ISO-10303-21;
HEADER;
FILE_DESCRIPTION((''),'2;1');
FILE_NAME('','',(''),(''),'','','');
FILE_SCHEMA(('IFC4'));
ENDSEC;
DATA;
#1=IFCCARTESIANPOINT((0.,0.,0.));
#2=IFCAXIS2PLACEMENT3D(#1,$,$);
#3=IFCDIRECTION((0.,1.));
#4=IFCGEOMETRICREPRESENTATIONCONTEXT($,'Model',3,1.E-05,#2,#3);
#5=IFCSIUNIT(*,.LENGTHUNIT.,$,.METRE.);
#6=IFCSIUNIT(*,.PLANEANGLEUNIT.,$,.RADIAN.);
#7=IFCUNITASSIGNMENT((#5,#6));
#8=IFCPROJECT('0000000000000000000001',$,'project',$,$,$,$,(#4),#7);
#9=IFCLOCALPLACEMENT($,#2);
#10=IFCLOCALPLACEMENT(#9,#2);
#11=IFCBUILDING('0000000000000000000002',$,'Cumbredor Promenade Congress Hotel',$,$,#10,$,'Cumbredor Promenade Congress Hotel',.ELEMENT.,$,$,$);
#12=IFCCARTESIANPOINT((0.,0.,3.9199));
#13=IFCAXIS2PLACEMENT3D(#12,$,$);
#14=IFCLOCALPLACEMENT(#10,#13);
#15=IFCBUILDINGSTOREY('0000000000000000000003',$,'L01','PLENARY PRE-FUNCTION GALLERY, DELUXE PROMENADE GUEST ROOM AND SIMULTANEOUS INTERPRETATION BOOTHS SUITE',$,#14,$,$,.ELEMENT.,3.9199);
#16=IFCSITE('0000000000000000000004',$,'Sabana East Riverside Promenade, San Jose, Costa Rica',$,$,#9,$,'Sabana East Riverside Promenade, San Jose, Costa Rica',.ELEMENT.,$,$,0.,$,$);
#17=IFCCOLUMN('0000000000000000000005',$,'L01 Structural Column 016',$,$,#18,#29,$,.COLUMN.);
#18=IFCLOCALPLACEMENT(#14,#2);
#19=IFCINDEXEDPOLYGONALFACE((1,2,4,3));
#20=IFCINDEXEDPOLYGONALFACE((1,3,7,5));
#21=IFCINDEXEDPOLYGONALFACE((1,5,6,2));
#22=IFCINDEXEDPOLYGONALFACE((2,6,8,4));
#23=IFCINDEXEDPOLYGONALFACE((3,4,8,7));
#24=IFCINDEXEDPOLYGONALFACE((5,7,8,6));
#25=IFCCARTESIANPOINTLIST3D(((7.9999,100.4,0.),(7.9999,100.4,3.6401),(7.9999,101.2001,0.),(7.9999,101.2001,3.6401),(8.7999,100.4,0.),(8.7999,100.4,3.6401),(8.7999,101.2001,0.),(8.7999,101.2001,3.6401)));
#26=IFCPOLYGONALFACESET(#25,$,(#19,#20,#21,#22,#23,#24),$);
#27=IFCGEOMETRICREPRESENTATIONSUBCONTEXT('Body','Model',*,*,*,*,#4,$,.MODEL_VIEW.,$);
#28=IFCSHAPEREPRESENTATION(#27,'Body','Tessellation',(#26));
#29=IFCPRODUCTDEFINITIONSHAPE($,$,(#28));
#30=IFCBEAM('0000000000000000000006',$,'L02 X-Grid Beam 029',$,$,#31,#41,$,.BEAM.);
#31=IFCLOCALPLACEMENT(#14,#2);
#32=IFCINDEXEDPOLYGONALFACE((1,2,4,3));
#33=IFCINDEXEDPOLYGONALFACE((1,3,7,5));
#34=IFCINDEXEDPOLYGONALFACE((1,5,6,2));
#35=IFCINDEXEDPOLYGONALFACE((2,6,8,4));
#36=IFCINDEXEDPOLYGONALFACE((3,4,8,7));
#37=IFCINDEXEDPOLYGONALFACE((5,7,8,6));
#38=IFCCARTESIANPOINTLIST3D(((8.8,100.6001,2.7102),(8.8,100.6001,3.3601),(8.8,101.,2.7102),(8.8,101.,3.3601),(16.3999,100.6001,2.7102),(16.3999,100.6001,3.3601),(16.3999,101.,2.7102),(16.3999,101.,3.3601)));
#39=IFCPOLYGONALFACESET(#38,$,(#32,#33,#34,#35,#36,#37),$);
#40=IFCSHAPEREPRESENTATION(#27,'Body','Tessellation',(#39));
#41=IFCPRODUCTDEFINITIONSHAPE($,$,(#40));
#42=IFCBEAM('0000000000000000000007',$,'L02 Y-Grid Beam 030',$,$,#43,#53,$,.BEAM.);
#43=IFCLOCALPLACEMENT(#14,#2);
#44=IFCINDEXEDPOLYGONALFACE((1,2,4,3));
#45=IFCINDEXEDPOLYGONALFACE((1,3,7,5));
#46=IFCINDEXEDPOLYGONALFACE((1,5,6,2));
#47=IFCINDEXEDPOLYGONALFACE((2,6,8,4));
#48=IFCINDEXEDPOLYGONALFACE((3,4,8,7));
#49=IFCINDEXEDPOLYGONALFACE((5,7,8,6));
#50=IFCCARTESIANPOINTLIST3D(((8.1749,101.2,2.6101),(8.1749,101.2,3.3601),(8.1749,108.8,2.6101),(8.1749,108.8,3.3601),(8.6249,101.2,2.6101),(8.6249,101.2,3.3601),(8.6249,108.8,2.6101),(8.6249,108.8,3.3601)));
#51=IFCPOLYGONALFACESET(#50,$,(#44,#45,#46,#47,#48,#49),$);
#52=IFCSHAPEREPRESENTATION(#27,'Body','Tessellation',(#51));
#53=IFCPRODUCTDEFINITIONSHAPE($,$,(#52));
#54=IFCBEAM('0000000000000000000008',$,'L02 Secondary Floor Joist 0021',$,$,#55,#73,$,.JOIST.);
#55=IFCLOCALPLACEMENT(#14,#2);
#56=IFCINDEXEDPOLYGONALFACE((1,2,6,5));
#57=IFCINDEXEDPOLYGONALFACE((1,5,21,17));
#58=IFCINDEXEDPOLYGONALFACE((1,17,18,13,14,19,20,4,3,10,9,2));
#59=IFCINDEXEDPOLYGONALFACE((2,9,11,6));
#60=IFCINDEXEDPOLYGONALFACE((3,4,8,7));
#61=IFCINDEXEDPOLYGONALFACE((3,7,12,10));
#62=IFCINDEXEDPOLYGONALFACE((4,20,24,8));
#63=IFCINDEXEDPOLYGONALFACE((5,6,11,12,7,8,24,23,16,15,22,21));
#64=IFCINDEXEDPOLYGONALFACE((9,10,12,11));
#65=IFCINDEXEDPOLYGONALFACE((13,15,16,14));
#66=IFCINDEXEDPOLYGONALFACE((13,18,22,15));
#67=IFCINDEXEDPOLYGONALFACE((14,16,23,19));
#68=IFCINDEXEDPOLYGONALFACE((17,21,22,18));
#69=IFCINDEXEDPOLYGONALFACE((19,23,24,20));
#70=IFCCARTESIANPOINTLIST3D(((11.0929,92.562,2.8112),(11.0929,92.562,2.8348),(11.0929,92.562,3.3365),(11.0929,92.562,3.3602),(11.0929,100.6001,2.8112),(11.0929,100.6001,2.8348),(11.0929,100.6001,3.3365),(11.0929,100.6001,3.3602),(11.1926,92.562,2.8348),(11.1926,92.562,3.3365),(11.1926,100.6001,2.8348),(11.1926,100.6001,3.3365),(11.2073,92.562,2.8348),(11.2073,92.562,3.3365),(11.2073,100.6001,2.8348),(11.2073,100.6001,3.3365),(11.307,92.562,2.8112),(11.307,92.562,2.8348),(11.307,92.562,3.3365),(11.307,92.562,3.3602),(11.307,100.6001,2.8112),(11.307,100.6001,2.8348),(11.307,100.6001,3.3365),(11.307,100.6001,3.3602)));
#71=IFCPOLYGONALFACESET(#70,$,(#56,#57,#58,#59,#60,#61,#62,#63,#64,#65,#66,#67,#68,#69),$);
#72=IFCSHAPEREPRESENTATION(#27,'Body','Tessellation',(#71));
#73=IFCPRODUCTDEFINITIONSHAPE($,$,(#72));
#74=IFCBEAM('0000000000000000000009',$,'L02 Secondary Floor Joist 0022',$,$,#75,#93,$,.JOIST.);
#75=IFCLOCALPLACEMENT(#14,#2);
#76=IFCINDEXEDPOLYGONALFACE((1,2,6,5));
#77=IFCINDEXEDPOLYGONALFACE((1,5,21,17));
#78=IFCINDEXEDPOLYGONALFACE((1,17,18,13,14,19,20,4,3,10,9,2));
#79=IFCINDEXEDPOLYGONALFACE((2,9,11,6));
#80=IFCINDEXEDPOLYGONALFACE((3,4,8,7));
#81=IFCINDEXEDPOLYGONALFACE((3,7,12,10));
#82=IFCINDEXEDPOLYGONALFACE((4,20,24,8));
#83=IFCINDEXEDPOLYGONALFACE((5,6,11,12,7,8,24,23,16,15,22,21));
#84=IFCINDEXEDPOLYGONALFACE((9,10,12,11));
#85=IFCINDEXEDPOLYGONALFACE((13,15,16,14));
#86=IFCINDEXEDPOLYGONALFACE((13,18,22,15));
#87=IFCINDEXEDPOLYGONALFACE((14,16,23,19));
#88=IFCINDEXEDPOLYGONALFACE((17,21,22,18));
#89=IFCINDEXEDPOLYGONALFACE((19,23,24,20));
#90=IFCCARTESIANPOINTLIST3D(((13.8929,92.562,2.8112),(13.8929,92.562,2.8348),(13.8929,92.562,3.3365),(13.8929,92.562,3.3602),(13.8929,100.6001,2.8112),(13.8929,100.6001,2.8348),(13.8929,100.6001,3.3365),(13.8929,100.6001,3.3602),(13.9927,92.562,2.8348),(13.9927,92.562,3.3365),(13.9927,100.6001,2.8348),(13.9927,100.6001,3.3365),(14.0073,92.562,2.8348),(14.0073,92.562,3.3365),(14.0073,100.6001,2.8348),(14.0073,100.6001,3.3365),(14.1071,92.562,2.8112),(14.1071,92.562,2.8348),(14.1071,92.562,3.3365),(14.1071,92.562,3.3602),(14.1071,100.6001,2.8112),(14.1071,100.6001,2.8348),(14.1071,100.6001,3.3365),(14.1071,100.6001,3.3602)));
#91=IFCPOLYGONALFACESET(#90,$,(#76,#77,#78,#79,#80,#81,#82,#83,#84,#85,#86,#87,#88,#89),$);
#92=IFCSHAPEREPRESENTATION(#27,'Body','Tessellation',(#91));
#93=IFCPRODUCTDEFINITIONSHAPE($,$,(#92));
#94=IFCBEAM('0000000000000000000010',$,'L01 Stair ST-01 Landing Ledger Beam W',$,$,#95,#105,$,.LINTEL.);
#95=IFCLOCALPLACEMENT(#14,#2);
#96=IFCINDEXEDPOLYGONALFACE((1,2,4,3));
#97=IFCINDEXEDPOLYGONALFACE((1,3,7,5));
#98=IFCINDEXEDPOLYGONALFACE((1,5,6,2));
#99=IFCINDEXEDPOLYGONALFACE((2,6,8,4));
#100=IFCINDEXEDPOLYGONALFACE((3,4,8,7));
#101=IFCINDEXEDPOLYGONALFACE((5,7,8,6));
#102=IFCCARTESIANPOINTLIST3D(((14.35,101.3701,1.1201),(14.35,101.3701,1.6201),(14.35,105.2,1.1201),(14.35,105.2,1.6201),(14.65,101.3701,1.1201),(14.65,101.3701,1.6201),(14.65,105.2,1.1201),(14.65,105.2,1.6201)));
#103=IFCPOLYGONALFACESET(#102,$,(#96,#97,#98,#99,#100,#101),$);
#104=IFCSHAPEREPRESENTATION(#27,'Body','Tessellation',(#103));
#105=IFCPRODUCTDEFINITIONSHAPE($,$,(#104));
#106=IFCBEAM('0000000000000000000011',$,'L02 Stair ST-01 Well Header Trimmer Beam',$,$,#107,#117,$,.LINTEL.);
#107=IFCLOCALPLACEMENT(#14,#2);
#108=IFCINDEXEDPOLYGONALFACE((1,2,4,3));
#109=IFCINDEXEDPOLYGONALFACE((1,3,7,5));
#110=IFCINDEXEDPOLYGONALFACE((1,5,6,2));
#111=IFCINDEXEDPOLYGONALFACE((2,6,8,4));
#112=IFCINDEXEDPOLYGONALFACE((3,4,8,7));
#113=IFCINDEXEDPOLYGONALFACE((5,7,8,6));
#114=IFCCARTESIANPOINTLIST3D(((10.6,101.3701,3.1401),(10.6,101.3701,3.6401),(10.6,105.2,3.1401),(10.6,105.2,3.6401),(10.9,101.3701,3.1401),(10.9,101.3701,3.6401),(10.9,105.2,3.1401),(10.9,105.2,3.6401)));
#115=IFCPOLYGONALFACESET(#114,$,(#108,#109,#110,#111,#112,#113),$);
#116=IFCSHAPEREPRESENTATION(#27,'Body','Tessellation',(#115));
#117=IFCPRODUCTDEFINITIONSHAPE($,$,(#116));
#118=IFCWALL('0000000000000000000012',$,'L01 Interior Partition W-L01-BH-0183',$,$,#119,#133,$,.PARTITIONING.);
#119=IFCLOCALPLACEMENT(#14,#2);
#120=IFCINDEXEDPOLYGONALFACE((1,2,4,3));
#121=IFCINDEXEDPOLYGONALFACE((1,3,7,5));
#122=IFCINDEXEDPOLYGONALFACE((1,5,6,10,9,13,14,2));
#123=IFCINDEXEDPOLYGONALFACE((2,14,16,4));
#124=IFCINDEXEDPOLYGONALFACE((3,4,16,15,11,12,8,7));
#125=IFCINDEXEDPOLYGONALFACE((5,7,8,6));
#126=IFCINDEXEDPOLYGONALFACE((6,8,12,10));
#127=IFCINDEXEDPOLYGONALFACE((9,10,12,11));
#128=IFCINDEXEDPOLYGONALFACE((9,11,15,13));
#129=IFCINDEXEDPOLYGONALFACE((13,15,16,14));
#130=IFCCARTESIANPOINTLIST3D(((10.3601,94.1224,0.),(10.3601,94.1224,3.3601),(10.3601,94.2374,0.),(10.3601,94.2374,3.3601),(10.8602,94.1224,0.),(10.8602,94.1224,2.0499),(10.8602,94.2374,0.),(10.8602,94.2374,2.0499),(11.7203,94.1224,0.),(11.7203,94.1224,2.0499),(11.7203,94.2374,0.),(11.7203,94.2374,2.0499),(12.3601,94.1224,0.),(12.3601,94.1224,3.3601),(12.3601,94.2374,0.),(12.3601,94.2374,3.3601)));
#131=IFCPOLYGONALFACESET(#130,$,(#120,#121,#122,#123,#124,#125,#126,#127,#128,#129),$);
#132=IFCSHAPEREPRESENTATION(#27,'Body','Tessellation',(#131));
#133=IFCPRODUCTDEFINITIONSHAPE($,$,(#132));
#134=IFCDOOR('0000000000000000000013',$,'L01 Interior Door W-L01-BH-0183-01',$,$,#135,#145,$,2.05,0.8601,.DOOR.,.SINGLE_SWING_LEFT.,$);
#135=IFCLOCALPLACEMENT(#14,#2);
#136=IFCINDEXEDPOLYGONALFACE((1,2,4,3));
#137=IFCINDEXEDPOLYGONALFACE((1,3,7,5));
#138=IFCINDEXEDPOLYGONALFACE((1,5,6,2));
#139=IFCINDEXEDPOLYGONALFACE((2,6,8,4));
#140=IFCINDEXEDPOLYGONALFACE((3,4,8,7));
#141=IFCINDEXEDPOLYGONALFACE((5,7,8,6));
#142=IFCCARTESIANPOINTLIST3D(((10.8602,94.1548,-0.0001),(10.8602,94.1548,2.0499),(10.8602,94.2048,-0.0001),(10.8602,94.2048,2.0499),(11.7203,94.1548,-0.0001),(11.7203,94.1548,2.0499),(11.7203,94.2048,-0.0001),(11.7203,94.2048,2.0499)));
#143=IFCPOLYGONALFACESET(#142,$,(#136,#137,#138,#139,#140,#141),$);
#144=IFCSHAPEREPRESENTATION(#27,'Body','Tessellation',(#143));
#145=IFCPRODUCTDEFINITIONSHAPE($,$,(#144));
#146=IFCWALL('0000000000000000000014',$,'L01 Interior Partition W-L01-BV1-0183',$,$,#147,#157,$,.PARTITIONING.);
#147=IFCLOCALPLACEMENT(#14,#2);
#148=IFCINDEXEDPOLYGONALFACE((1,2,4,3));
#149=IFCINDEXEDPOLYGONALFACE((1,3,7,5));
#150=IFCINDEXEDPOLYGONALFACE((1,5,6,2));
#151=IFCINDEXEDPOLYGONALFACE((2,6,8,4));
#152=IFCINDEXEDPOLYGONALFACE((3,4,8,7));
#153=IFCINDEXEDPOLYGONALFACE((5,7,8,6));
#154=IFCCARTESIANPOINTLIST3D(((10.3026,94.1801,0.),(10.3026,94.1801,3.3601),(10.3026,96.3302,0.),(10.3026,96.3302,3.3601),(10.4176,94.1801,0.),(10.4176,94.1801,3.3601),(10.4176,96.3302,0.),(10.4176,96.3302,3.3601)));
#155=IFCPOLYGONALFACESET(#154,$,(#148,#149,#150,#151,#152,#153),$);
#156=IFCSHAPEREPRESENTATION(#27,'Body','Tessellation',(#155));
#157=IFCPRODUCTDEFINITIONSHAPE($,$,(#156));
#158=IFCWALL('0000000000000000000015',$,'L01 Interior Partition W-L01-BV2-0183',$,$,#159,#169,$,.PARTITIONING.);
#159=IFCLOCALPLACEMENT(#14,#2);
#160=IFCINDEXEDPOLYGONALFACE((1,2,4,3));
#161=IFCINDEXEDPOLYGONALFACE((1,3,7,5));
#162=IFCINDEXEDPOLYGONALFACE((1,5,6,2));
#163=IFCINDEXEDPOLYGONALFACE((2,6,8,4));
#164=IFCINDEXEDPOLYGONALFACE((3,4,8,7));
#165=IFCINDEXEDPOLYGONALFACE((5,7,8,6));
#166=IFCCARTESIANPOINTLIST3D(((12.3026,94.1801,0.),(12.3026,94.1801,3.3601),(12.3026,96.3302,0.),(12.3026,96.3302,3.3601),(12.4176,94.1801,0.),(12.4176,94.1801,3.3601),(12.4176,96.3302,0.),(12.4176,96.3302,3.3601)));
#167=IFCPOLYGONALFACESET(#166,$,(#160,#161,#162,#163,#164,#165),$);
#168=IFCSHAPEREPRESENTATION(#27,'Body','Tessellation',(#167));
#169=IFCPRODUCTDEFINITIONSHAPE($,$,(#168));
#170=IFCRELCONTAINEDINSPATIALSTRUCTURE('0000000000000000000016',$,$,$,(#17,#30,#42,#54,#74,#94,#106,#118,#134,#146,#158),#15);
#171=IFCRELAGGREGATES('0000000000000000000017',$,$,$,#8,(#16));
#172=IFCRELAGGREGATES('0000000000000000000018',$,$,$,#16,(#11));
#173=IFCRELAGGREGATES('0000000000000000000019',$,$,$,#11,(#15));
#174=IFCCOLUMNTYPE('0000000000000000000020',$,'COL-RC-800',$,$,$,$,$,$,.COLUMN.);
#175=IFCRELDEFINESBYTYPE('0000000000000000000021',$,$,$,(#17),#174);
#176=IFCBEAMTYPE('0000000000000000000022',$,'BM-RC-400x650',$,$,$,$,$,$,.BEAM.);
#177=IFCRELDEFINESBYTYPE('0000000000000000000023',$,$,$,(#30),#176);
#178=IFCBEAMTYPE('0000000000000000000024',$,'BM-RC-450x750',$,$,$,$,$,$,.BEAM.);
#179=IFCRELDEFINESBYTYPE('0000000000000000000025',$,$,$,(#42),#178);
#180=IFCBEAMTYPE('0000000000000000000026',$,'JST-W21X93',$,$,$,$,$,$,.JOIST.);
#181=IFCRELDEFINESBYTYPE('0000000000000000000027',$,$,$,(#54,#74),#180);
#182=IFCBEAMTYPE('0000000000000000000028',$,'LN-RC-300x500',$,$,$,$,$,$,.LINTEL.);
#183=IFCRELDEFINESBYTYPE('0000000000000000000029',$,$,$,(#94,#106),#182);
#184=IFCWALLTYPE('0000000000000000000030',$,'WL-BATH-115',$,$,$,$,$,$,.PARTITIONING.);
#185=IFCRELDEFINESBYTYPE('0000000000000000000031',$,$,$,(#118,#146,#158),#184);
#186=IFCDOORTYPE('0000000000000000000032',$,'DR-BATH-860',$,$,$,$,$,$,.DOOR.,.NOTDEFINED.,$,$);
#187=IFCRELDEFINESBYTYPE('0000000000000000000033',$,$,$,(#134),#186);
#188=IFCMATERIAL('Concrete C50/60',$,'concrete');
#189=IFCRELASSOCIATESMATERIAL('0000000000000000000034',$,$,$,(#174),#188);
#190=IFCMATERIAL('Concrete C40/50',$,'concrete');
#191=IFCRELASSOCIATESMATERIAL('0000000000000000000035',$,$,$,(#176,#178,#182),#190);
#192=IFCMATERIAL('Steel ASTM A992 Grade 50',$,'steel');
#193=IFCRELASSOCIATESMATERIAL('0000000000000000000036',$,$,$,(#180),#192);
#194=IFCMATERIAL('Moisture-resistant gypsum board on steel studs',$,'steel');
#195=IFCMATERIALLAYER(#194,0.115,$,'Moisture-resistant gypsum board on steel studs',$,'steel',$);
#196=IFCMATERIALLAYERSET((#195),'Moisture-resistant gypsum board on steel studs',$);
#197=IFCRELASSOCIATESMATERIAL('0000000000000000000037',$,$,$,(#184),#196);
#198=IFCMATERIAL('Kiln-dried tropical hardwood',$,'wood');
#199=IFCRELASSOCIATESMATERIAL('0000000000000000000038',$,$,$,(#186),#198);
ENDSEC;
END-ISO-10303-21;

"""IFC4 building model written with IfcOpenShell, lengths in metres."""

from ifc_helpers import new_model, si_unit, direction, frame, frame_2d, origin, origin_2d, place, context, subcontext, project, spatial, rectangle, i_section, extrude, material, layer, layer_set, material_profile, profile_set, type_object, element, fill, save


model = new_model("IFC4")

# Units and contexts
model_context = context("Model", 3, precision=1e-05, world=origin(), true_north=direction((0.0, 1.0)))
body_context = subcontext(model_context, "Body", "Model", "MODEL_VIEW")
ifc_project = project(units=[si_unit("LENGTHUNIT", "METRE"), si_unit("PLANEANGLEUNIT", "RADIAN")], contexts=[model_context])

# Site, building, storey
site_placement = place(None, origin())
site = spatial("IfcSite", under=ifc_project, at=site_placement, Name="Sabana East Riverside Promenade, San Jose, Costa Rica", LongName="Sabana East Riverside Promenade, San Jose, Costa Rica", CompositionType="ELEMENT", RefElevation=0.0)
building_placement = place(site_placement, origin())
building = spatial("IfcBuilding", under=site, at=building_placement, Name="Cumbredor Promenade Congress Hotel", LongName="Cumbredor Promenade Congress Hotel", CompositionType="ELEMENT")
storey_placement = place(building_placement, frame((0.0, 0.0, 3.9199)))
storey = spatial("IfcBuildingStorey", under=building, at=storey_placement, Name="L01", Description="PLENARY PRE-FUNCTION GALLERY, DELUXE PROMENADE GUEST ROOM AND SIMULTANEOUS INTERPRETATION BOOTHS SUITE", CompositionType="ELEMENT", Elevation=3.9199)

# Column
ifc_material_1 = material(Name="Concrete C50/60", Category="concrete")
ifc_material_profile_1 = material_profile(ifc_material_1, rectangle(XDim=0.8, YDim=0.8, at=origin_2d()), Name="RC 800x800")
ifc_profile_set_1 = profile_set([ifc_material_profile_1], Name="Concrete C50/60")
column_type = type_object("IfcColumnType", Name="COL-RC-800", PredefinedType="COLUMN", material=ifc_profile_set_1)
column_placement = place(storey_placement, frame((8.3999, 100.8, 0.0), z_axis=(0.0, 0.0, 1.0), x_axis=(1.0, 0.0, 0.0)))
element("IfcColumn", 1, at=column_placement, inside=storey, type_object=column_type, Name="L01 Structural Column 016", PredefinedType="COLUMN", context=body_context, shape_type="SweptSolid", body=[
    extrude(rectangle(XDim=0.8, YDim=0.8, at=origin_2d()), origin(), (0.0, 0.0, 1.0), 3.6401),
])

# Beams
ifc_material_2 = material(Name="Concrete C40/50", Category="concrete")
ifc_material_profile_2 = material_profile(ifc_material_2, rectangle(XDim=0.3999, YDim=0.6499, at=origin_2d()), Name="RC BEAM 400x650")
ifc_profile_set_2 = profile_set([ifc_material_profile_2], Name="Concrete C40/50")
beam_type_1 = type_object("IfcBeamType", Name="BM-RC-400x650", PredefinedType="BEAM", material=ifc_profile_set_2)
beam_1_placement = place(storey_placement, frame((8.8, 100.8, 3.0352), z_axis=(1.0, 0.0, 0.0), x_axis=(0.0, 1.0, 0.0)))
element("IfcBeam", 2, at=beam_1_placement, inside=storey, type_object=beam_type_1, Name="L02 X-Grid Beam 029", PredefinedType="BEAM", context=body_context, shape_type="SweptSolid", body=[
    extrude(rectangle(XDim=0.3999, YDim=0.6499, at=origin_2d()), origin(), (0.0, 0.0, 1.0), 7.5999),
])
ifc_material_profile_3 = material_profile(ifc_material_2, rectangle(XDim=0.45, YDim=0.75, at=origin_2d()), Name="RC BEAM 450x750")
ifc_profile_set_3 = profile_set([ifc_material_profile_3], Name="Concrete C40/50")
beam_type_2 = type_object("IfcBeamType", Name="BM-RC-450x750", PredefinedType="BEAM", material=ifc_profile_set_3)
beam_2_placement = place(storey_placement, frame((8.3999, 101.2, 2.9851), z_axis=(0.0, 1.0, 0.0), x_axis=(-1.0, 0.0, 0.0)))
element("IfcBeam", 3, at=beam_2_placement, inside=storey, type_object=beam_type_2, Name="L02 Y-Grid Beam 030", PredefinedType="BEAM", context=body_context, shape_type="SweptSolid", body=[
    extrude(rectangle(XDim=0.45, YDim=0.75, at=origin_2d()), origin(), (0.0, 0.0, 1.0), 7.6001),
])
ifc_material_3 = material(Name="Steel ASTM A992 Grade 50", Category="steel")
ifc_material_profile_4 = material_profile(ifc_material_3, i_section(OverallWidth=0.2141, OverallDepth=0.5491, WebThickness=0.0146, FlangeThickness=0.0237, at=origin_2d()), Name="W21X93")
ifc_profile_set_4 = profile_set([ifc_material_profile_4], Name="Steel ASTM A992 Grade 50")
beam_type_3 = type_object("IfcBeamType", Name="JST-W21X93", PredefinedType="JOIST", material=ifc_profile_set_4)
for number, where, z_axis, x_axis, name in (
    (4, (11.2, 92.562, 3.0857), (0.0, 1.0, 0.0), (-1.0, 0.0, 0.0), "L02 Secondary Floor Joist 0021"),
    (5, (14.0, 92.562, 3.0857), (0.0, 1.0, 0.0), (-1.0, 0.0, 0.0), "L02 Secondary Floor Joist 0022"),
):
    element("IfcBeam", number, at=place(storey_placement, frame(where, z_axis=z_axis, x_axis=x_axis)), inside=storey, type_object=beam_type_3, Name=name, PredefinedType="JOIST", context=body_context, shape_type="SweptSolid", body=[
        extrude(i_section(OverallWidth=0.2141, OverallDepth=0.5491, WebThickness=0.0146, FlangeThickness=0.0237, at=origin_2d()), origin(), (0.0, 0.0, 1.0), 8.0381),
    ])
ifc_material_profile_5 = material_profile(ifc_material_2, rectangle(XDim=0.3, YDim=0.5, at=origin_2d()), Name="RC LINTEL 300x500")
ifc_profile_set_5 = profile_set([ifc_material_profile_5], Name="Concrete C40/50")
beam_type_4 = type_object("IfcBeamType", Name="LN-RC-300x500", PredefinedType="LINTEL", material=ifc_profile_set_5)
for number, where, z_axis, x_axis, name in (
    (6, (14.5, 101.3701, 1.3701), (0.0, 1.0, 0.0), (-1.0, 0.0, 0.0), "L01 Stair ST-01 Landing Ledger Beam W"),
    (7, (10.75, 101.3701, 3.3901), (0.0, 1.0, 0.0), (-1.0, 0.0, 0.0), "L02 Stair ST-01 Well Header Trimmer Beam"),
):
    element("IfcBeam", number, at=place(storey_placement, frame(where, z_axis=z_axis, x_axis=x_axis)), inside=storey, type_object=beam_type_4, Name=name, PredefinedType="LINTEL", context=body_context, shape_type="SweptSolid", body=[
        extrude(rectangle(XDim=0.3, YDim=0.5, at=origin_2d()), origin(), (0.0, 0.0, 1.0), 3.8298),
    ])

# Wall, opening, door
ifc_material_4 = material(Name="Moisture-resistant gypsum board on steel studs", Category="steel")
ifc_layer_1 = layer(ifc_material_4, 0.115, Name="Moisture-resistant gypsum board on steel studs", Category="steel")
ifc_layer_set_1 = layer_set([ifc_layer_1], Name="Moisture-resistant gypsum board on steel studs")
wall_type_1 = type_object("IfcWallType", Name="WL-BATH-115", PredefinedType="PARTITIONING", material=ifc_layer_set_1)
wall_1_placement = place(storey_placement, frame((10.3601, 94.1799, 0.0), z_axis=(0.0, 0.0, 1.0), x_axis=(1.0, 0.0, 0.0)))
wall_1 = element("IfcWall", 8, at=wall_1_placement, inside=storey, type_object=wall_type_1, Name="L01 Interior Partition W-L01-BH-0183", PredefinedType="PARTITIONING", context=body_context, shape_type="SweptSolid", body=[
    extrude(rectangle(XDim=2.0, YDim=0.115, at=frame_2d((1.0, 0.0))), origin(), (0.0, 0.0, 1.0), 3.3601),
])
opening_1_placement = place(wall_1_placement, frame((0.5, 0.0, 0.0)))
opening_1 = element("IfcOpeningElement", 9, at=opening_1_placement, cuts=wall_1, PredefinedType="OPENING", context=body_context, shape_type="SweptSolid", body=[
    extrude(rectangle(XDim=0.8601, YDim=2.05, at=frame_2d((0.4302, 1.0249))), frame((0.0, 0.0674, 0.0), z_axis=(0.0, -1.0, 0.0), x_axis=(1.0, 0.0, 0.0)), (0.0, 0.0, 1.0), 0.135),
])
ifc_material_5 = material(Name="Kiln-dried tropical hardwood", Category="wood")
door_type_1 = type_object("IfcDoorType", Name="DR-BATH-860", OperationType="NOTDEFINED", PredefinedType="DOOR", material=ifc_material_5)
door_1_placement = place(opening_1_placement, origin())
door_1 = element("IfcDoor", 10, at=door_1_placement, inside=storey, type_object=door_type_1, Name="L01 Interior Door W-L01-BH-0183-01", OperationType="SINGLE_SWING_LEFT", OverallHeight=2.05, OverallWidth=0.8601, PredefinedType="DOOR", context=body_context, shape_type="SweptSolid", body=[
    extrude(rectangle(XDim=0.8601, YDim=2.05, at=frame_2d((0.4302, 1.0249))), frame((0.0, 0.0249, 0.0), z_axis=(0.0, -1.0, 0.0), x_axis=(1.0, 0.0, 0.0)), (0.0, 0.0, 1.0), 0.05),
])
fill(opening_1, door_1)

# Walls
for number, where, z_axis, x_axis, name in (
    (11, (10.3601, 94.1799, 0.0), (0.0, 0.0, 1.0), (0.0, 1.0, 0.0), "L01 Interior Partition W-L01-BV1-0183"),
    (12, (12.3601, 94.1799, 0.0), (0.0, 0.0, 1.0), (0.0, 1.0, 0.0), "L01 Interior Partition W-L01-BV2-0183"),
):
    element("IfcWall", number, at=place(storey_placement, frame(where, z_axis=z_axis, x_axis=x_axis)), inside=storey, type_object=wall_type_1, Name=name, PredefinedType="PARTITIONING", context=body_context, shape_type="SweptSolid", body=[
        extrude(rectangle(XDim=2.1501, YDim=0.115, at=frame_2d((1.0752, 0.0))), origin(), (0.0, 0.0, 1.0), 3.3601),
    ])

save(model, "model.ifc")
